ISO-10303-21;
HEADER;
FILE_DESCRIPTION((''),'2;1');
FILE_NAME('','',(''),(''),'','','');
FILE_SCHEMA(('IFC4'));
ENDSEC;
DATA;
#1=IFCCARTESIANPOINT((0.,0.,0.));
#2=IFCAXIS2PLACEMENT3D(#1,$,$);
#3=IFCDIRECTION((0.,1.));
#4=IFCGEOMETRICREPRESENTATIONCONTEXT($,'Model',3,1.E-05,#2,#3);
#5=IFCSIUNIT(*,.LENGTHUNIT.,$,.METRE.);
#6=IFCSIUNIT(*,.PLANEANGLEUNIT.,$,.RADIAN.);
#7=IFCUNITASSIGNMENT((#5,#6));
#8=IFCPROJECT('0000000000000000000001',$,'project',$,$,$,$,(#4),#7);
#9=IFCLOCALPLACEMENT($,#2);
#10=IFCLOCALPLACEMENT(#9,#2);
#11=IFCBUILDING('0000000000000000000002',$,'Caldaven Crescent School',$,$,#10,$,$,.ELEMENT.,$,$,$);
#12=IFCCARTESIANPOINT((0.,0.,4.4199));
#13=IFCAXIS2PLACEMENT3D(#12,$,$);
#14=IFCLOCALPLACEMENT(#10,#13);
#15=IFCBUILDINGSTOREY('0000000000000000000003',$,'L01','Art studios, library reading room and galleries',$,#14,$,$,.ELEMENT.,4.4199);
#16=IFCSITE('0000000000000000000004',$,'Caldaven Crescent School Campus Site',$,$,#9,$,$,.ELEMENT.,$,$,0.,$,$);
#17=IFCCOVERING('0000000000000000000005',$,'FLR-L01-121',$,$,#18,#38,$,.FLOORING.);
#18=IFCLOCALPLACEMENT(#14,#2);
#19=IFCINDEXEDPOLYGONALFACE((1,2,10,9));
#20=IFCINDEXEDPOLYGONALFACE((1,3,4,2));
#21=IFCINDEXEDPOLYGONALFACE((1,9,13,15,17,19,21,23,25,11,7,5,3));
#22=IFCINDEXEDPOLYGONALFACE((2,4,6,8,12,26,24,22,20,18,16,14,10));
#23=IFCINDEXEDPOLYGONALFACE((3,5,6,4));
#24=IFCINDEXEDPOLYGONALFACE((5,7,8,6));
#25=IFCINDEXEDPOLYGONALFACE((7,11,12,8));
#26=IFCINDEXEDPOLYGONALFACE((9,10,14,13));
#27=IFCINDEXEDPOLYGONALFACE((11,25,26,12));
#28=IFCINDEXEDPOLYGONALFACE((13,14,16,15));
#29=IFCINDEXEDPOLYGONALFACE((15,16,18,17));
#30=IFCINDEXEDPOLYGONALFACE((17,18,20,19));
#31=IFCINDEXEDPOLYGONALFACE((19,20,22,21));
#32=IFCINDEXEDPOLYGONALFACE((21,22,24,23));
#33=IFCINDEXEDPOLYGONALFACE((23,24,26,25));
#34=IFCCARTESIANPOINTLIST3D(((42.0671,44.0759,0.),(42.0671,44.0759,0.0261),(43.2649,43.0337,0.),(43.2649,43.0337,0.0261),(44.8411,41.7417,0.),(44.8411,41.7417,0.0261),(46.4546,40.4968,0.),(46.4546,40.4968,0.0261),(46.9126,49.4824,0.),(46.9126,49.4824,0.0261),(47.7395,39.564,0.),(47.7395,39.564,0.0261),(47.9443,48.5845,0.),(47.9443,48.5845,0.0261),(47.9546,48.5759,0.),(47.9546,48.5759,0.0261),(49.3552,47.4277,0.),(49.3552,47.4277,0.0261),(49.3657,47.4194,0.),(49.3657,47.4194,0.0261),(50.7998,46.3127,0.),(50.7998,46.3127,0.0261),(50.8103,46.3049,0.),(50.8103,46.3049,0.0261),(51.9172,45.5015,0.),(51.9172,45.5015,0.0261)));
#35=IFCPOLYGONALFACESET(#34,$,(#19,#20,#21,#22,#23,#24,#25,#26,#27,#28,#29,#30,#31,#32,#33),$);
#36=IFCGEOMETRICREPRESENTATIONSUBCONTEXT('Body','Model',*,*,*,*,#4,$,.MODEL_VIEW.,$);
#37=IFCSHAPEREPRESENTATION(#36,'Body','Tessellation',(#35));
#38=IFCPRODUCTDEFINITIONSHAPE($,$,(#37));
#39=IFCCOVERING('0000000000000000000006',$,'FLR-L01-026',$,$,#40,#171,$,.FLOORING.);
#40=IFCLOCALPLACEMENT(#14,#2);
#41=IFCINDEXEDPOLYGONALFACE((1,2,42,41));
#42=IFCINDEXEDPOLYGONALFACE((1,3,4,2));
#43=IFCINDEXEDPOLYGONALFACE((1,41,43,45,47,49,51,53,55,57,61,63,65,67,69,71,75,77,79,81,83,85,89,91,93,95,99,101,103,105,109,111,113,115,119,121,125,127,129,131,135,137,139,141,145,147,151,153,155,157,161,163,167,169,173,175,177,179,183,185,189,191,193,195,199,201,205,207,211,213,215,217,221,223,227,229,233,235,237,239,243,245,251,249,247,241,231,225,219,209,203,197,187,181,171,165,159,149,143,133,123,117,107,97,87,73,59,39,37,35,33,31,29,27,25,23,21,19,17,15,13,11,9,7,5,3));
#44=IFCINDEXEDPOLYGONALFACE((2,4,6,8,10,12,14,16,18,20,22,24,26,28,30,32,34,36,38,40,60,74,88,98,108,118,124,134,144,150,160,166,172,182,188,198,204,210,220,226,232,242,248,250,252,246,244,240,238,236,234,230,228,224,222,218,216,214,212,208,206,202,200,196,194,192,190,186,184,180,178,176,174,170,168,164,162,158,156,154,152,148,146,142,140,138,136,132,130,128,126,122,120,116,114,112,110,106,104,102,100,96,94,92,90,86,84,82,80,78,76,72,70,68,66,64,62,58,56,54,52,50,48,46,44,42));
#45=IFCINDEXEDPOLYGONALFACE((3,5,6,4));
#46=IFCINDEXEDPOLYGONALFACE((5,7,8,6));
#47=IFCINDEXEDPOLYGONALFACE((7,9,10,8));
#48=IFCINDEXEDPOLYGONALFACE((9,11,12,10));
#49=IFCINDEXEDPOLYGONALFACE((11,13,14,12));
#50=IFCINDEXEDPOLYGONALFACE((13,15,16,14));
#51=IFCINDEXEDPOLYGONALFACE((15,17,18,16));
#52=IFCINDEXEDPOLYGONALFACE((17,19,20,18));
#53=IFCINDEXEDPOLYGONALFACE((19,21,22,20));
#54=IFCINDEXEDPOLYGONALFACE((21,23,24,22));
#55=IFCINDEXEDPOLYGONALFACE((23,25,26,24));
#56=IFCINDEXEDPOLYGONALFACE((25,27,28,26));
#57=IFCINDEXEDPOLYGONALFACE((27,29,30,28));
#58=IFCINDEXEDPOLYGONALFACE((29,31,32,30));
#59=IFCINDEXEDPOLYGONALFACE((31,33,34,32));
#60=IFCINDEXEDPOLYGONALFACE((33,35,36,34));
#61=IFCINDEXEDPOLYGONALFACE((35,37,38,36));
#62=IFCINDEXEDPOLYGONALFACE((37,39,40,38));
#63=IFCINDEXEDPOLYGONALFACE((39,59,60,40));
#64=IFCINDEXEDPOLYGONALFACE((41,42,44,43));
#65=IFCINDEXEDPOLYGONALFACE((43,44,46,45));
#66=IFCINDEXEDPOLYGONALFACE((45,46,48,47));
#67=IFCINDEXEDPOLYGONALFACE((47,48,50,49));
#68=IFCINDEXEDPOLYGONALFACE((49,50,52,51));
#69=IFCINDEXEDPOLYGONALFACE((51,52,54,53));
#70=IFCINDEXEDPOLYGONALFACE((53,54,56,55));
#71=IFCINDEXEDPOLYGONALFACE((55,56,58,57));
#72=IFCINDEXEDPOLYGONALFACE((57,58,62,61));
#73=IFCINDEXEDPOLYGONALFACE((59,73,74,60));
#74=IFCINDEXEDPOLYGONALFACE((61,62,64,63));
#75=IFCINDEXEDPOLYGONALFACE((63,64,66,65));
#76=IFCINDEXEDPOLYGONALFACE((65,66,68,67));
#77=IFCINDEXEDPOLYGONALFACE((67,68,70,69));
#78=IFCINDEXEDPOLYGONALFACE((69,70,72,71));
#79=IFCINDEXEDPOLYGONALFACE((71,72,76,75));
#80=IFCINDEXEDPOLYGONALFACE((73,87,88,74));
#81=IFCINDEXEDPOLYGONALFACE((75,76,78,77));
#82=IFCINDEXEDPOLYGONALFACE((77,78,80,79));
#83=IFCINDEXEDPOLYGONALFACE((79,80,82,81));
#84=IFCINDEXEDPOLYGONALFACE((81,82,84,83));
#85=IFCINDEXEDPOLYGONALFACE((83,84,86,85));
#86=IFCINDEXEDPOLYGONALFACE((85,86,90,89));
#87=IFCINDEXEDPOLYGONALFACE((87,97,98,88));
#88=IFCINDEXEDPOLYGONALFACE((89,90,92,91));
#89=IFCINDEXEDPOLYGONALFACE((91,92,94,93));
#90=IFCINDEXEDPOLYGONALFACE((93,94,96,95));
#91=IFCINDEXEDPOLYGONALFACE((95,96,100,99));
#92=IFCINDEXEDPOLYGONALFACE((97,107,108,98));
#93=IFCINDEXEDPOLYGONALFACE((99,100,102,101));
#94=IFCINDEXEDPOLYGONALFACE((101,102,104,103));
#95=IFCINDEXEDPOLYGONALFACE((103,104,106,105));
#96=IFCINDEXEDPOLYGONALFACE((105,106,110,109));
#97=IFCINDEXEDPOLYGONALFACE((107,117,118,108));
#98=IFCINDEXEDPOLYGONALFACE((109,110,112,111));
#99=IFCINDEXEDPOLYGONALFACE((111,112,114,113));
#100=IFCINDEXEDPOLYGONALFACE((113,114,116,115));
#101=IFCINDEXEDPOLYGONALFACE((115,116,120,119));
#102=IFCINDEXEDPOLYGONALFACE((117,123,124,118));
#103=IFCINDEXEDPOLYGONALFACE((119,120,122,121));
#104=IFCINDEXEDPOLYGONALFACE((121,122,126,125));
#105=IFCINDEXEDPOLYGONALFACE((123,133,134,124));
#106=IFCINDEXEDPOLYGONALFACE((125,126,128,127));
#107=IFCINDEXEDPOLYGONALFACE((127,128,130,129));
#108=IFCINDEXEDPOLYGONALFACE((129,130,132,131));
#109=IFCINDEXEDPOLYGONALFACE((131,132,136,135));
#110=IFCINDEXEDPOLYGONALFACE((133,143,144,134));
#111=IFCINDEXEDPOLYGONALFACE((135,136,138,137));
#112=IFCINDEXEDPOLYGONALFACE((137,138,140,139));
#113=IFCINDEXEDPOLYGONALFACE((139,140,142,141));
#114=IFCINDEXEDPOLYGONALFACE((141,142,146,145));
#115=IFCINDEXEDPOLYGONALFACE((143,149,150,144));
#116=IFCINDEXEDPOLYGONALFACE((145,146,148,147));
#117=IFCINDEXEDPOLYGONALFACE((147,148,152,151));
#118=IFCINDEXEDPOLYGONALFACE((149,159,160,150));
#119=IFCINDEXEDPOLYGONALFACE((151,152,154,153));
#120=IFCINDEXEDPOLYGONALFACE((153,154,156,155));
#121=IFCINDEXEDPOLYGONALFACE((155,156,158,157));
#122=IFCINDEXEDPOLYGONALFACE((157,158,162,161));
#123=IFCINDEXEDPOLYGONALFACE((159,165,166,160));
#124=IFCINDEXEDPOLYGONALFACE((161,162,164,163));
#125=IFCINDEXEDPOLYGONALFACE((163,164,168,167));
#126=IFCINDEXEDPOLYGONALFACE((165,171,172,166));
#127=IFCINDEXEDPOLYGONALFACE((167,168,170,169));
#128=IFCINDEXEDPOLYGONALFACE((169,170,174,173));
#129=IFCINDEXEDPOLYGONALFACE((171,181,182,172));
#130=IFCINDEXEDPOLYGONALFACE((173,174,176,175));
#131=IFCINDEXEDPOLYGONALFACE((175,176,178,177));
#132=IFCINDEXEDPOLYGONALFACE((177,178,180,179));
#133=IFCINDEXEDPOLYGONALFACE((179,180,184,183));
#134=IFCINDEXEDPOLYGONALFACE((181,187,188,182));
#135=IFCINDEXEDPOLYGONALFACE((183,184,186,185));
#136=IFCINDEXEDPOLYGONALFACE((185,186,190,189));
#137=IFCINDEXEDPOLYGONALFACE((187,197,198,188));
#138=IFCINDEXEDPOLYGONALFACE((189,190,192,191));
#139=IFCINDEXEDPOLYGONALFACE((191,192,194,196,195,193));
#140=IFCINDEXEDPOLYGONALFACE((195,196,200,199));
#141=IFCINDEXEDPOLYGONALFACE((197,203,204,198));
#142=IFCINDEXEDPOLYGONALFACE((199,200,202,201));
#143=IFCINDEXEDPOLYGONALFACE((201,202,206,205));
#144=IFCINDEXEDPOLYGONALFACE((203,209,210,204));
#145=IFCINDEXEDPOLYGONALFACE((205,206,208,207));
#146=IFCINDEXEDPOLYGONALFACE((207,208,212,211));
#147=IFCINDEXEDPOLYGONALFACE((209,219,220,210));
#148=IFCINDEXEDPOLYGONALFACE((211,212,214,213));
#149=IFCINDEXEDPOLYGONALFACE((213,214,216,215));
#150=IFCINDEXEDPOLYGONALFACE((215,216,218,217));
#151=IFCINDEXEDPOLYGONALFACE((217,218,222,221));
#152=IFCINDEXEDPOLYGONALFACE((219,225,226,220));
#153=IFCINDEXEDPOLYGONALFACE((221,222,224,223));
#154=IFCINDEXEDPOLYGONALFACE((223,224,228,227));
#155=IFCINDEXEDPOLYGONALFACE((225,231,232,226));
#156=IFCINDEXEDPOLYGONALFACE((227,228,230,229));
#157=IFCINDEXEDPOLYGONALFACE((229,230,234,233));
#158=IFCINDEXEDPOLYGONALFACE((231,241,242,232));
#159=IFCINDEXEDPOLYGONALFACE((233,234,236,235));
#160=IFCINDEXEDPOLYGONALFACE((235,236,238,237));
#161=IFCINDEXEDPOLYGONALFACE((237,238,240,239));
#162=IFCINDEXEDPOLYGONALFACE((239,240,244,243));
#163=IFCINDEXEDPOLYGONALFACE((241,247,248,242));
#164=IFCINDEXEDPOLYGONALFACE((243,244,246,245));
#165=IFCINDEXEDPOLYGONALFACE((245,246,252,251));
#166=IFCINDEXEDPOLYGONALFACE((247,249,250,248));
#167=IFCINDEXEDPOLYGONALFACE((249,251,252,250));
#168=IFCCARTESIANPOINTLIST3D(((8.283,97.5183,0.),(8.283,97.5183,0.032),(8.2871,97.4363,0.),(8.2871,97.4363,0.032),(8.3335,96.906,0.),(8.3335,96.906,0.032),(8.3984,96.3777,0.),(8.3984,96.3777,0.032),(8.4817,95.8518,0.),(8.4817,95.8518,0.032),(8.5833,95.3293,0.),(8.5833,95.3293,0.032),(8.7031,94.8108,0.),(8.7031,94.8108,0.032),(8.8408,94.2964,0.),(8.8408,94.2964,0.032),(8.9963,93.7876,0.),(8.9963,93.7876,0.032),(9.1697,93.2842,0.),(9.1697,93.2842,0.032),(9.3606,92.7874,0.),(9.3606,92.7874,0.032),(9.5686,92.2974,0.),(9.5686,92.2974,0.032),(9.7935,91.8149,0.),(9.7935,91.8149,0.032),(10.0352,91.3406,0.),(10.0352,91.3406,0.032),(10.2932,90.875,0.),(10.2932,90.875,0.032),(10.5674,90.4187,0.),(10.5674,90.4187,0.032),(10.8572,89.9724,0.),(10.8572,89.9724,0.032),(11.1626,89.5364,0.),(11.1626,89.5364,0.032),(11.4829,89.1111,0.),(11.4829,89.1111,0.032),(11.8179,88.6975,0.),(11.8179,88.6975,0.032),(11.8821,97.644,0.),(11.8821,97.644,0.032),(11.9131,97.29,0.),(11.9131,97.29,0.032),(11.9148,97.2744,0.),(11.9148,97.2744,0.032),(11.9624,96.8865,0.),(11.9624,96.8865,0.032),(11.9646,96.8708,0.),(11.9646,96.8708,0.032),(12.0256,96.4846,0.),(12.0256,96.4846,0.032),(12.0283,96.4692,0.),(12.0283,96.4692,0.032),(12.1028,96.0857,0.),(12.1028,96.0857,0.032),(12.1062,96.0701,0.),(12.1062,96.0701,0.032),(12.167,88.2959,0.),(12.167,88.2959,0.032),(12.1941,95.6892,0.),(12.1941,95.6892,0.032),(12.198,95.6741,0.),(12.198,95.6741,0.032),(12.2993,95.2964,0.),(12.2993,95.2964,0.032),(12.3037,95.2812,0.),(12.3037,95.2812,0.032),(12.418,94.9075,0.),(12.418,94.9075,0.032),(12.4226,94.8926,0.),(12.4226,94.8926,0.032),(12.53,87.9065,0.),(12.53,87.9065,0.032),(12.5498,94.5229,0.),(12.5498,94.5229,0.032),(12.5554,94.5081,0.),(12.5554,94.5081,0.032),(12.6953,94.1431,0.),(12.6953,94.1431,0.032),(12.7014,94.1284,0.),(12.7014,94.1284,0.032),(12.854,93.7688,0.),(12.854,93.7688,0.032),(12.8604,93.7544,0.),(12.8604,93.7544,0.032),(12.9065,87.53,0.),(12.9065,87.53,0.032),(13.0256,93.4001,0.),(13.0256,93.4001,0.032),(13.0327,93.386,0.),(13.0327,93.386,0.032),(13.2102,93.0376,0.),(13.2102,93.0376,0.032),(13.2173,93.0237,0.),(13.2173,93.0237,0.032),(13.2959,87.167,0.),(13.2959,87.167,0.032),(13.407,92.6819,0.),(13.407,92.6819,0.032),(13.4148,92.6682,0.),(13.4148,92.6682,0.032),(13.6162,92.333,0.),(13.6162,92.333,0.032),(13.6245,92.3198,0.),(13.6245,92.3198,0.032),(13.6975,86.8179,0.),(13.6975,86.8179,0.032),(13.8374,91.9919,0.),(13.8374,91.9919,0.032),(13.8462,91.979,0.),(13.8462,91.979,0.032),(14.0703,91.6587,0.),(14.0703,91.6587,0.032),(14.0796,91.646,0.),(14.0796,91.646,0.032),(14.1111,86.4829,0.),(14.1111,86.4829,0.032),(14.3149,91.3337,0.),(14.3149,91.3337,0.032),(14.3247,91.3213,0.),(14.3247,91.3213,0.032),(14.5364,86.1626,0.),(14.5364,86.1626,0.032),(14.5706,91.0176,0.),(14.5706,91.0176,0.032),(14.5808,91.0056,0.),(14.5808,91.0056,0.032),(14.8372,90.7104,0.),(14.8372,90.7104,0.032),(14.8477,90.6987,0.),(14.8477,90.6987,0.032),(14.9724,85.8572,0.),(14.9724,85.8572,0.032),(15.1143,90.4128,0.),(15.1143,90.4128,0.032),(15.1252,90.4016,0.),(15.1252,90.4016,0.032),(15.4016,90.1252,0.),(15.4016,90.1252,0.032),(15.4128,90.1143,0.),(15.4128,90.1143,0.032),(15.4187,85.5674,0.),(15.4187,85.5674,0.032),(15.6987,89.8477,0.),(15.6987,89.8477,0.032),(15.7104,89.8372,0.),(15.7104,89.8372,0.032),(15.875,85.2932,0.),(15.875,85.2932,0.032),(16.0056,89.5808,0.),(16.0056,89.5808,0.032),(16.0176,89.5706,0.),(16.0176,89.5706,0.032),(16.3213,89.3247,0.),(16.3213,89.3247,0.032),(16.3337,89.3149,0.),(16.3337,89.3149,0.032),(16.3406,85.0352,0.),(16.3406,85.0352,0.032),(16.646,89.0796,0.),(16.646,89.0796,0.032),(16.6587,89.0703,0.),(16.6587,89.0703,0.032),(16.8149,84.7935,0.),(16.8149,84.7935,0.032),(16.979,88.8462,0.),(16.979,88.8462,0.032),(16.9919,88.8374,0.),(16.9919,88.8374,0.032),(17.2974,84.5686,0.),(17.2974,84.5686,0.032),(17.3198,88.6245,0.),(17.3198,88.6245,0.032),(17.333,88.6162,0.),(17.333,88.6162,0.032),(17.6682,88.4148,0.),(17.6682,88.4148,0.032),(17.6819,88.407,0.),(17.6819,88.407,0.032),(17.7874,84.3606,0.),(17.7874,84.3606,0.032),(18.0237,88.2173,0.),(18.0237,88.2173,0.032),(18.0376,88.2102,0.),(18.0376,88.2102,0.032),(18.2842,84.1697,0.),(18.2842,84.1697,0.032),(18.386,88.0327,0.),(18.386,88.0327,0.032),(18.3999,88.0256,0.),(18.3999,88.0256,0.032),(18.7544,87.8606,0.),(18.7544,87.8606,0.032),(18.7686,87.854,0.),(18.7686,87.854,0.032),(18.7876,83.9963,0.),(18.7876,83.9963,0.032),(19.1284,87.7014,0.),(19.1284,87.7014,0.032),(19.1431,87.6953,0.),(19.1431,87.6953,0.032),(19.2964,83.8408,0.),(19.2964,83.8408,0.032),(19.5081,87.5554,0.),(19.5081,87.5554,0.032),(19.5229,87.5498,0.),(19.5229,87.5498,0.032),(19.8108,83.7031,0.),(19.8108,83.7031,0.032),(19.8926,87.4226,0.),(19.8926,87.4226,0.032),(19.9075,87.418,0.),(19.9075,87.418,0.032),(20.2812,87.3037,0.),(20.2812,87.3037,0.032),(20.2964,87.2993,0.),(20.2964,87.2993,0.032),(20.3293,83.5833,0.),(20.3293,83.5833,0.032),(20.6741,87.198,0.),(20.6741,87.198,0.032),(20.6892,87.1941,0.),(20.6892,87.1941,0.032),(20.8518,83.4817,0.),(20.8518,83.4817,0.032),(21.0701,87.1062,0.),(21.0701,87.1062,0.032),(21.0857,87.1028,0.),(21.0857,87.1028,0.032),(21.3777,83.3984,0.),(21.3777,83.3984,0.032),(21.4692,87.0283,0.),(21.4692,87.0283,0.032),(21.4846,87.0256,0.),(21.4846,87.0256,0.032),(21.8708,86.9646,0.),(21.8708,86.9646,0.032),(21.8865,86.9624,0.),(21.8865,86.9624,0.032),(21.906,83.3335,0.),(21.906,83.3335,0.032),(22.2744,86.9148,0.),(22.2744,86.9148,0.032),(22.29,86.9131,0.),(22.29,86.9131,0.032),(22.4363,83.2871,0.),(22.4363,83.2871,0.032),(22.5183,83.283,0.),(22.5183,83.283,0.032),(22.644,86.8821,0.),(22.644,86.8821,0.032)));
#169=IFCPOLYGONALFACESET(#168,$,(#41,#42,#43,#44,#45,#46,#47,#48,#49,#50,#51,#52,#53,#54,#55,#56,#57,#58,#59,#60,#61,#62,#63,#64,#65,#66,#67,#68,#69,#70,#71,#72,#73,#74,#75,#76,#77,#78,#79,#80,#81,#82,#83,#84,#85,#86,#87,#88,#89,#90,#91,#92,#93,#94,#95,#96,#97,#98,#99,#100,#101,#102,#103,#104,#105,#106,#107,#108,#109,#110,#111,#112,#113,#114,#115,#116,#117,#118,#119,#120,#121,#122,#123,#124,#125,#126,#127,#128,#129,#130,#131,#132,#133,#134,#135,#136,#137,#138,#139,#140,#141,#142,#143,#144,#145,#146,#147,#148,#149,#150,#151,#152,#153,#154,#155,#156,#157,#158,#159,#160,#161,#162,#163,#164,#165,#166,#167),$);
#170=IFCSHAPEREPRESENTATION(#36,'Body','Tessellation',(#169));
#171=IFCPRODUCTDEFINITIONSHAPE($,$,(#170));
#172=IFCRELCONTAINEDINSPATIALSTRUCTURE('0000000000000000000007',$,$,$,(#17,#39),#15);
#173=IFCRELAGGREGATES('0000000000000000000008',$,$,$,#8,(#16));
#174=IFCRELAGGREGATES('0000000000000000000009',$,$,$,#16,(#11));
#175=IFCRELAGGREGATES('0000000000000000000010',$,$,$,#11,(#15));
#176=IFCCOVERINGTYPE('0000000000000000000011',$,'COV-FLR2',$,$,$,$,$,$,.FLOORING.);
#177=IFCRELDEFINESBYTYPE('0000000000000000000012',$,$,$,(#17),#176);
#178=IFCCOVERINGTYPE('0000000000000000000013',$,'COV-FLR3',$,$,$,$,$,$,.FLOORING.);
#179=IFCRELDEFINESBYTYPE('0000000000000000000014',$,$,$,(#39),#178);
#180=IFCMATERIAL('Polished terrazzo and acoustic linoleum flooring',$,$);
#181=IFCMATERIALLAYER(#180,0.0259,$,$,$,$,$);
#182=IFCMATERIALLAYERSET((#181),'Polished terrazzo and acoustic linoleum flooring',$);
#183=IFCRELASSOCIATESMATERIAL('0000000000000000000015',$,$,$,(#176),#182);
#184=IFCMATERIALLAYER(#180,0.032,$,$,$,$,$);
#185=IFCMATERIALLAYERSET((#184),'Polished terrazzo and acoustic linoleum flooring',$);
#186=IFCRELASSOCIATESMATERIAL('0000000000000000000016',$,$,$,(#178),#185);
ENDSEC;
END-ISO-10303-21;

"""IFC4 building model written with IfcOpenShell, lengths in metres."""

from ifc_helpers import new_model, si_unit, direction, frame, origin, place, context, subcontext, project, spatial, polyline, outline, extrude, material, layer, layer_set, type_object, element, save


model = new_model("IFC4")

# Units and contexts
model_context = context("Model", 3, precision=1e-05, world=origin(), true_north=direction((0.0, 1.0)))
body_context = subcontext(model_context, "Body", "Model", "MODEL_VIEW")
ifc_project = project(units=[si_unit("LENGTHUNIT", "METRE"), si_unit("PLANEANGLEUNIT", "RADIAN")], contexts=[model_context])

# Site, building, storey
site_placement = place(None, origin())
site = spatial("IfcSite", under=ifc_project, at=site_placement, Name="Caldaven Crescent School Campus Site", CompositionType="ELEMENT", RefElevation=0.0)
building_placement = place(site_placement, origin())
building = spatial("IfcBuilding", under=site, at=building_placement, Name="Caldaven Crescent School", CompositionType="ELEMENT")
storey_placement = place(building_placement, frame((0.0, 0.0, 4.4199)))
storey = spatial("IfcBuildingStorey", under=building, at=storey_placement, Name="L01", Description="Art studios, library reading room and galleries", CompositionType="ELEMENT", Elevation=4.4199)

# Coverings
ifc_material_1 = material(Name="Polished terrazzo and acoustic linoleum flooring")
ifc_layer_1 = layer(ifc_material_1, 0.0259)
ifc_layer_set_1 = layer_set([ifc_layer_1], Name="Polished terrazzo and acoustic linoleum flooring")
covering_type_1 = type_object("IfcCoveringType", Name="COV-FLR2", PredefinedType="FLOORING", material=ifc_layer_set_1)
covering_1_placement = place(storey_placement, origin())
element("IfcCovering", 1, at=covering_1_placement, inside=storey, type_object=covering_type_1, Name="FLR-L01-121", PredefinedType="FLOORING", context=body_context, shape_type="SweptSolid", body=[
    extrude(outline(polyline([(46.9126, 49.4824), (47.9443, 48.5845), (47.9546, 48.5759), (49.3552, 47.4277), (49.3657, 47.4194), (50.7998, 46.3127), (50.8103, 46.3049), (51.9172, 45.5015), (47.7395, 39.564), (46.4546, 40.4968), (44.8411, 41.7417), (43.2649, 43.0337), (42.0671, 44.0759), (46.9126, 49.4824)])), origin(), (0.0, 0.0, 1.0), 0.0261),
])
ifc_layer_2 = layer(ifc_material_1, 0.032)
ifc_layer_set_2 = layer_set([ifc_layer_2], Name="Polished terrazzo and acoustic linoleum flooring")
covering_type_2 = type_object("IfcCoveringType", Name="COV-FLR3", PredefinedType="FLOORING", material=ifc_layer_set_2)
covering_2_placement = place(storey_placement, origin())
element("IfcCovering", 2, at=covering_2_placement, inside=storey, type_object=covering_type_2, Name="FLR-L01-026", PredefinedType="FLOORING", context=body_context, shape_type="SweptSolid", body=[
    extrude(outline(polyline([(11.8821, 97.644), (11.9131, 97.29), (11.9148, 97.2744), (11.9624, 96.8865), (11.9646, 96.8708), (12.0256, 96.4846), (12.0283, 96.4692), (12.1028, 96.0857), (12.1062, 96.0701), (12.1941, 95.6892), (12.198, 95.6741), (12.2993, 95.2964), (12.3037, 95.2812), (12.418, 94.9075), (12.4226, 94.8926), (12.5498, 94.5229), (12.5554, 94.5081), (12.6953, 94.1431), (12.7014, 94.1284), (12.854, 93.7688), (12.8604, 93.7544), (13.0256, 93.4001), (13.0327, 93.386), (13.2102, 93.0376), (13.2173, 93.0237), (13.407, 92.6819), (13.4148, 92.6682), (13.6162, 92.333), (13.6245, 92.3198), (13.8374, 91.9919), (13.8462, 91.979), (14.0703, 91.6587), (14.0796, 91.646), (14.3149, 91.3337), (14.3247, 91.3213), (14.5706, 91.0176), (14.5808, 91.0056), (14.8372, 90.7104), (14.8477, 90.6987), (15.1143, 90.4128), (15.1252, 90.4016), (15.4016, 90.1252), (15.4128, 90.1143), (15.6987, 89.8477), (15.7104, 89.8372), (16.0056, 89.5808), (16.0176, 89.5706), (16.3213, 89.3247), (16.3337, 89.3149), (16.646, 89.0796), (16.6587, 89.0703), (16.979, 88.8462), (16.9919, 88.8374), (17.3198, 88.6245), (17.333, 88.6162), (17.6682, 88.4148), (17.6819, 88.407), (18.0237, 88.2173), (18.0376, 88.2102), (18.386, 88.0327), (18.3999, 88.0256), (18.7544, 87.8606), (18.7686, 87.854), (19.1284, 87.7014), (19.1431, 87.6953), (19.5081, 87.5554), (19.5229, 87.5498), (19.8926, 87.4226), (19.9075, 87.418), (20.2812, 87.3037), (20.2964, 87.2993), (20.6741, 87.198), (20.6892, 87.1941), (21.0701, 87.1062), (21.0857, 87.1028), (21.4692, 87.0283), (21.4846, 87.0256), (21.8708, 86.9646), (21.8865, 86.9624), (22.2744, 86.9148), (22.29, 86.9131), (22.644, 86.8821), (22.5183, 83.283), (22.4363, 83.2871), (21.906, 83.3335), (21.3777, 83.3984), (20.8518, 83.4817), (20.3293, 83.5833), (19.8108, 83.7031), (19.2964, 83.8408), (18.7876, 83.9963), (18.2842, 84.1697), (17.7874, 84.3606), (17.2974, 84.5686), (16.8149, 84.7935), (16.3406, 85.0352), (15.875, 85.2932), (15.4187, 85.5674), (14.9724, 85.8572), (14.5364, 86.1626), (14.1111, 86.4829), (13.6975, 86.8179), (13.2959, 87.167), (12.9065, 87.53), (12.53, 87.9065), (12.167, 88.2959), (11.8179, 88.6975), (11.4829, 89.1111), (11.1626, 89.5364), (10.8572, 89.9724), (10.5674, 90.4187), (10.2932, 90.875), (10.0352, 91.3406), (9.7935, 91.8149), (9.5686, 92.2974), (9.3606, 92.7874), (9.1697, 93.2842), (8.9963, 93.7876), (8.8408, 94.2964), (8.7031, 94.8108), (8.5833, 95.3293), (8.4817, 95.8518), (8.3984, 96.3777), (8.3335, 96.906), (8.2871, 97.4363), (8.283, 97.5183), (11.8821, 97.644)])), origin(), (0.0, 0.0, 1.0), 0.032),
])

save(model, "model.ifc")
